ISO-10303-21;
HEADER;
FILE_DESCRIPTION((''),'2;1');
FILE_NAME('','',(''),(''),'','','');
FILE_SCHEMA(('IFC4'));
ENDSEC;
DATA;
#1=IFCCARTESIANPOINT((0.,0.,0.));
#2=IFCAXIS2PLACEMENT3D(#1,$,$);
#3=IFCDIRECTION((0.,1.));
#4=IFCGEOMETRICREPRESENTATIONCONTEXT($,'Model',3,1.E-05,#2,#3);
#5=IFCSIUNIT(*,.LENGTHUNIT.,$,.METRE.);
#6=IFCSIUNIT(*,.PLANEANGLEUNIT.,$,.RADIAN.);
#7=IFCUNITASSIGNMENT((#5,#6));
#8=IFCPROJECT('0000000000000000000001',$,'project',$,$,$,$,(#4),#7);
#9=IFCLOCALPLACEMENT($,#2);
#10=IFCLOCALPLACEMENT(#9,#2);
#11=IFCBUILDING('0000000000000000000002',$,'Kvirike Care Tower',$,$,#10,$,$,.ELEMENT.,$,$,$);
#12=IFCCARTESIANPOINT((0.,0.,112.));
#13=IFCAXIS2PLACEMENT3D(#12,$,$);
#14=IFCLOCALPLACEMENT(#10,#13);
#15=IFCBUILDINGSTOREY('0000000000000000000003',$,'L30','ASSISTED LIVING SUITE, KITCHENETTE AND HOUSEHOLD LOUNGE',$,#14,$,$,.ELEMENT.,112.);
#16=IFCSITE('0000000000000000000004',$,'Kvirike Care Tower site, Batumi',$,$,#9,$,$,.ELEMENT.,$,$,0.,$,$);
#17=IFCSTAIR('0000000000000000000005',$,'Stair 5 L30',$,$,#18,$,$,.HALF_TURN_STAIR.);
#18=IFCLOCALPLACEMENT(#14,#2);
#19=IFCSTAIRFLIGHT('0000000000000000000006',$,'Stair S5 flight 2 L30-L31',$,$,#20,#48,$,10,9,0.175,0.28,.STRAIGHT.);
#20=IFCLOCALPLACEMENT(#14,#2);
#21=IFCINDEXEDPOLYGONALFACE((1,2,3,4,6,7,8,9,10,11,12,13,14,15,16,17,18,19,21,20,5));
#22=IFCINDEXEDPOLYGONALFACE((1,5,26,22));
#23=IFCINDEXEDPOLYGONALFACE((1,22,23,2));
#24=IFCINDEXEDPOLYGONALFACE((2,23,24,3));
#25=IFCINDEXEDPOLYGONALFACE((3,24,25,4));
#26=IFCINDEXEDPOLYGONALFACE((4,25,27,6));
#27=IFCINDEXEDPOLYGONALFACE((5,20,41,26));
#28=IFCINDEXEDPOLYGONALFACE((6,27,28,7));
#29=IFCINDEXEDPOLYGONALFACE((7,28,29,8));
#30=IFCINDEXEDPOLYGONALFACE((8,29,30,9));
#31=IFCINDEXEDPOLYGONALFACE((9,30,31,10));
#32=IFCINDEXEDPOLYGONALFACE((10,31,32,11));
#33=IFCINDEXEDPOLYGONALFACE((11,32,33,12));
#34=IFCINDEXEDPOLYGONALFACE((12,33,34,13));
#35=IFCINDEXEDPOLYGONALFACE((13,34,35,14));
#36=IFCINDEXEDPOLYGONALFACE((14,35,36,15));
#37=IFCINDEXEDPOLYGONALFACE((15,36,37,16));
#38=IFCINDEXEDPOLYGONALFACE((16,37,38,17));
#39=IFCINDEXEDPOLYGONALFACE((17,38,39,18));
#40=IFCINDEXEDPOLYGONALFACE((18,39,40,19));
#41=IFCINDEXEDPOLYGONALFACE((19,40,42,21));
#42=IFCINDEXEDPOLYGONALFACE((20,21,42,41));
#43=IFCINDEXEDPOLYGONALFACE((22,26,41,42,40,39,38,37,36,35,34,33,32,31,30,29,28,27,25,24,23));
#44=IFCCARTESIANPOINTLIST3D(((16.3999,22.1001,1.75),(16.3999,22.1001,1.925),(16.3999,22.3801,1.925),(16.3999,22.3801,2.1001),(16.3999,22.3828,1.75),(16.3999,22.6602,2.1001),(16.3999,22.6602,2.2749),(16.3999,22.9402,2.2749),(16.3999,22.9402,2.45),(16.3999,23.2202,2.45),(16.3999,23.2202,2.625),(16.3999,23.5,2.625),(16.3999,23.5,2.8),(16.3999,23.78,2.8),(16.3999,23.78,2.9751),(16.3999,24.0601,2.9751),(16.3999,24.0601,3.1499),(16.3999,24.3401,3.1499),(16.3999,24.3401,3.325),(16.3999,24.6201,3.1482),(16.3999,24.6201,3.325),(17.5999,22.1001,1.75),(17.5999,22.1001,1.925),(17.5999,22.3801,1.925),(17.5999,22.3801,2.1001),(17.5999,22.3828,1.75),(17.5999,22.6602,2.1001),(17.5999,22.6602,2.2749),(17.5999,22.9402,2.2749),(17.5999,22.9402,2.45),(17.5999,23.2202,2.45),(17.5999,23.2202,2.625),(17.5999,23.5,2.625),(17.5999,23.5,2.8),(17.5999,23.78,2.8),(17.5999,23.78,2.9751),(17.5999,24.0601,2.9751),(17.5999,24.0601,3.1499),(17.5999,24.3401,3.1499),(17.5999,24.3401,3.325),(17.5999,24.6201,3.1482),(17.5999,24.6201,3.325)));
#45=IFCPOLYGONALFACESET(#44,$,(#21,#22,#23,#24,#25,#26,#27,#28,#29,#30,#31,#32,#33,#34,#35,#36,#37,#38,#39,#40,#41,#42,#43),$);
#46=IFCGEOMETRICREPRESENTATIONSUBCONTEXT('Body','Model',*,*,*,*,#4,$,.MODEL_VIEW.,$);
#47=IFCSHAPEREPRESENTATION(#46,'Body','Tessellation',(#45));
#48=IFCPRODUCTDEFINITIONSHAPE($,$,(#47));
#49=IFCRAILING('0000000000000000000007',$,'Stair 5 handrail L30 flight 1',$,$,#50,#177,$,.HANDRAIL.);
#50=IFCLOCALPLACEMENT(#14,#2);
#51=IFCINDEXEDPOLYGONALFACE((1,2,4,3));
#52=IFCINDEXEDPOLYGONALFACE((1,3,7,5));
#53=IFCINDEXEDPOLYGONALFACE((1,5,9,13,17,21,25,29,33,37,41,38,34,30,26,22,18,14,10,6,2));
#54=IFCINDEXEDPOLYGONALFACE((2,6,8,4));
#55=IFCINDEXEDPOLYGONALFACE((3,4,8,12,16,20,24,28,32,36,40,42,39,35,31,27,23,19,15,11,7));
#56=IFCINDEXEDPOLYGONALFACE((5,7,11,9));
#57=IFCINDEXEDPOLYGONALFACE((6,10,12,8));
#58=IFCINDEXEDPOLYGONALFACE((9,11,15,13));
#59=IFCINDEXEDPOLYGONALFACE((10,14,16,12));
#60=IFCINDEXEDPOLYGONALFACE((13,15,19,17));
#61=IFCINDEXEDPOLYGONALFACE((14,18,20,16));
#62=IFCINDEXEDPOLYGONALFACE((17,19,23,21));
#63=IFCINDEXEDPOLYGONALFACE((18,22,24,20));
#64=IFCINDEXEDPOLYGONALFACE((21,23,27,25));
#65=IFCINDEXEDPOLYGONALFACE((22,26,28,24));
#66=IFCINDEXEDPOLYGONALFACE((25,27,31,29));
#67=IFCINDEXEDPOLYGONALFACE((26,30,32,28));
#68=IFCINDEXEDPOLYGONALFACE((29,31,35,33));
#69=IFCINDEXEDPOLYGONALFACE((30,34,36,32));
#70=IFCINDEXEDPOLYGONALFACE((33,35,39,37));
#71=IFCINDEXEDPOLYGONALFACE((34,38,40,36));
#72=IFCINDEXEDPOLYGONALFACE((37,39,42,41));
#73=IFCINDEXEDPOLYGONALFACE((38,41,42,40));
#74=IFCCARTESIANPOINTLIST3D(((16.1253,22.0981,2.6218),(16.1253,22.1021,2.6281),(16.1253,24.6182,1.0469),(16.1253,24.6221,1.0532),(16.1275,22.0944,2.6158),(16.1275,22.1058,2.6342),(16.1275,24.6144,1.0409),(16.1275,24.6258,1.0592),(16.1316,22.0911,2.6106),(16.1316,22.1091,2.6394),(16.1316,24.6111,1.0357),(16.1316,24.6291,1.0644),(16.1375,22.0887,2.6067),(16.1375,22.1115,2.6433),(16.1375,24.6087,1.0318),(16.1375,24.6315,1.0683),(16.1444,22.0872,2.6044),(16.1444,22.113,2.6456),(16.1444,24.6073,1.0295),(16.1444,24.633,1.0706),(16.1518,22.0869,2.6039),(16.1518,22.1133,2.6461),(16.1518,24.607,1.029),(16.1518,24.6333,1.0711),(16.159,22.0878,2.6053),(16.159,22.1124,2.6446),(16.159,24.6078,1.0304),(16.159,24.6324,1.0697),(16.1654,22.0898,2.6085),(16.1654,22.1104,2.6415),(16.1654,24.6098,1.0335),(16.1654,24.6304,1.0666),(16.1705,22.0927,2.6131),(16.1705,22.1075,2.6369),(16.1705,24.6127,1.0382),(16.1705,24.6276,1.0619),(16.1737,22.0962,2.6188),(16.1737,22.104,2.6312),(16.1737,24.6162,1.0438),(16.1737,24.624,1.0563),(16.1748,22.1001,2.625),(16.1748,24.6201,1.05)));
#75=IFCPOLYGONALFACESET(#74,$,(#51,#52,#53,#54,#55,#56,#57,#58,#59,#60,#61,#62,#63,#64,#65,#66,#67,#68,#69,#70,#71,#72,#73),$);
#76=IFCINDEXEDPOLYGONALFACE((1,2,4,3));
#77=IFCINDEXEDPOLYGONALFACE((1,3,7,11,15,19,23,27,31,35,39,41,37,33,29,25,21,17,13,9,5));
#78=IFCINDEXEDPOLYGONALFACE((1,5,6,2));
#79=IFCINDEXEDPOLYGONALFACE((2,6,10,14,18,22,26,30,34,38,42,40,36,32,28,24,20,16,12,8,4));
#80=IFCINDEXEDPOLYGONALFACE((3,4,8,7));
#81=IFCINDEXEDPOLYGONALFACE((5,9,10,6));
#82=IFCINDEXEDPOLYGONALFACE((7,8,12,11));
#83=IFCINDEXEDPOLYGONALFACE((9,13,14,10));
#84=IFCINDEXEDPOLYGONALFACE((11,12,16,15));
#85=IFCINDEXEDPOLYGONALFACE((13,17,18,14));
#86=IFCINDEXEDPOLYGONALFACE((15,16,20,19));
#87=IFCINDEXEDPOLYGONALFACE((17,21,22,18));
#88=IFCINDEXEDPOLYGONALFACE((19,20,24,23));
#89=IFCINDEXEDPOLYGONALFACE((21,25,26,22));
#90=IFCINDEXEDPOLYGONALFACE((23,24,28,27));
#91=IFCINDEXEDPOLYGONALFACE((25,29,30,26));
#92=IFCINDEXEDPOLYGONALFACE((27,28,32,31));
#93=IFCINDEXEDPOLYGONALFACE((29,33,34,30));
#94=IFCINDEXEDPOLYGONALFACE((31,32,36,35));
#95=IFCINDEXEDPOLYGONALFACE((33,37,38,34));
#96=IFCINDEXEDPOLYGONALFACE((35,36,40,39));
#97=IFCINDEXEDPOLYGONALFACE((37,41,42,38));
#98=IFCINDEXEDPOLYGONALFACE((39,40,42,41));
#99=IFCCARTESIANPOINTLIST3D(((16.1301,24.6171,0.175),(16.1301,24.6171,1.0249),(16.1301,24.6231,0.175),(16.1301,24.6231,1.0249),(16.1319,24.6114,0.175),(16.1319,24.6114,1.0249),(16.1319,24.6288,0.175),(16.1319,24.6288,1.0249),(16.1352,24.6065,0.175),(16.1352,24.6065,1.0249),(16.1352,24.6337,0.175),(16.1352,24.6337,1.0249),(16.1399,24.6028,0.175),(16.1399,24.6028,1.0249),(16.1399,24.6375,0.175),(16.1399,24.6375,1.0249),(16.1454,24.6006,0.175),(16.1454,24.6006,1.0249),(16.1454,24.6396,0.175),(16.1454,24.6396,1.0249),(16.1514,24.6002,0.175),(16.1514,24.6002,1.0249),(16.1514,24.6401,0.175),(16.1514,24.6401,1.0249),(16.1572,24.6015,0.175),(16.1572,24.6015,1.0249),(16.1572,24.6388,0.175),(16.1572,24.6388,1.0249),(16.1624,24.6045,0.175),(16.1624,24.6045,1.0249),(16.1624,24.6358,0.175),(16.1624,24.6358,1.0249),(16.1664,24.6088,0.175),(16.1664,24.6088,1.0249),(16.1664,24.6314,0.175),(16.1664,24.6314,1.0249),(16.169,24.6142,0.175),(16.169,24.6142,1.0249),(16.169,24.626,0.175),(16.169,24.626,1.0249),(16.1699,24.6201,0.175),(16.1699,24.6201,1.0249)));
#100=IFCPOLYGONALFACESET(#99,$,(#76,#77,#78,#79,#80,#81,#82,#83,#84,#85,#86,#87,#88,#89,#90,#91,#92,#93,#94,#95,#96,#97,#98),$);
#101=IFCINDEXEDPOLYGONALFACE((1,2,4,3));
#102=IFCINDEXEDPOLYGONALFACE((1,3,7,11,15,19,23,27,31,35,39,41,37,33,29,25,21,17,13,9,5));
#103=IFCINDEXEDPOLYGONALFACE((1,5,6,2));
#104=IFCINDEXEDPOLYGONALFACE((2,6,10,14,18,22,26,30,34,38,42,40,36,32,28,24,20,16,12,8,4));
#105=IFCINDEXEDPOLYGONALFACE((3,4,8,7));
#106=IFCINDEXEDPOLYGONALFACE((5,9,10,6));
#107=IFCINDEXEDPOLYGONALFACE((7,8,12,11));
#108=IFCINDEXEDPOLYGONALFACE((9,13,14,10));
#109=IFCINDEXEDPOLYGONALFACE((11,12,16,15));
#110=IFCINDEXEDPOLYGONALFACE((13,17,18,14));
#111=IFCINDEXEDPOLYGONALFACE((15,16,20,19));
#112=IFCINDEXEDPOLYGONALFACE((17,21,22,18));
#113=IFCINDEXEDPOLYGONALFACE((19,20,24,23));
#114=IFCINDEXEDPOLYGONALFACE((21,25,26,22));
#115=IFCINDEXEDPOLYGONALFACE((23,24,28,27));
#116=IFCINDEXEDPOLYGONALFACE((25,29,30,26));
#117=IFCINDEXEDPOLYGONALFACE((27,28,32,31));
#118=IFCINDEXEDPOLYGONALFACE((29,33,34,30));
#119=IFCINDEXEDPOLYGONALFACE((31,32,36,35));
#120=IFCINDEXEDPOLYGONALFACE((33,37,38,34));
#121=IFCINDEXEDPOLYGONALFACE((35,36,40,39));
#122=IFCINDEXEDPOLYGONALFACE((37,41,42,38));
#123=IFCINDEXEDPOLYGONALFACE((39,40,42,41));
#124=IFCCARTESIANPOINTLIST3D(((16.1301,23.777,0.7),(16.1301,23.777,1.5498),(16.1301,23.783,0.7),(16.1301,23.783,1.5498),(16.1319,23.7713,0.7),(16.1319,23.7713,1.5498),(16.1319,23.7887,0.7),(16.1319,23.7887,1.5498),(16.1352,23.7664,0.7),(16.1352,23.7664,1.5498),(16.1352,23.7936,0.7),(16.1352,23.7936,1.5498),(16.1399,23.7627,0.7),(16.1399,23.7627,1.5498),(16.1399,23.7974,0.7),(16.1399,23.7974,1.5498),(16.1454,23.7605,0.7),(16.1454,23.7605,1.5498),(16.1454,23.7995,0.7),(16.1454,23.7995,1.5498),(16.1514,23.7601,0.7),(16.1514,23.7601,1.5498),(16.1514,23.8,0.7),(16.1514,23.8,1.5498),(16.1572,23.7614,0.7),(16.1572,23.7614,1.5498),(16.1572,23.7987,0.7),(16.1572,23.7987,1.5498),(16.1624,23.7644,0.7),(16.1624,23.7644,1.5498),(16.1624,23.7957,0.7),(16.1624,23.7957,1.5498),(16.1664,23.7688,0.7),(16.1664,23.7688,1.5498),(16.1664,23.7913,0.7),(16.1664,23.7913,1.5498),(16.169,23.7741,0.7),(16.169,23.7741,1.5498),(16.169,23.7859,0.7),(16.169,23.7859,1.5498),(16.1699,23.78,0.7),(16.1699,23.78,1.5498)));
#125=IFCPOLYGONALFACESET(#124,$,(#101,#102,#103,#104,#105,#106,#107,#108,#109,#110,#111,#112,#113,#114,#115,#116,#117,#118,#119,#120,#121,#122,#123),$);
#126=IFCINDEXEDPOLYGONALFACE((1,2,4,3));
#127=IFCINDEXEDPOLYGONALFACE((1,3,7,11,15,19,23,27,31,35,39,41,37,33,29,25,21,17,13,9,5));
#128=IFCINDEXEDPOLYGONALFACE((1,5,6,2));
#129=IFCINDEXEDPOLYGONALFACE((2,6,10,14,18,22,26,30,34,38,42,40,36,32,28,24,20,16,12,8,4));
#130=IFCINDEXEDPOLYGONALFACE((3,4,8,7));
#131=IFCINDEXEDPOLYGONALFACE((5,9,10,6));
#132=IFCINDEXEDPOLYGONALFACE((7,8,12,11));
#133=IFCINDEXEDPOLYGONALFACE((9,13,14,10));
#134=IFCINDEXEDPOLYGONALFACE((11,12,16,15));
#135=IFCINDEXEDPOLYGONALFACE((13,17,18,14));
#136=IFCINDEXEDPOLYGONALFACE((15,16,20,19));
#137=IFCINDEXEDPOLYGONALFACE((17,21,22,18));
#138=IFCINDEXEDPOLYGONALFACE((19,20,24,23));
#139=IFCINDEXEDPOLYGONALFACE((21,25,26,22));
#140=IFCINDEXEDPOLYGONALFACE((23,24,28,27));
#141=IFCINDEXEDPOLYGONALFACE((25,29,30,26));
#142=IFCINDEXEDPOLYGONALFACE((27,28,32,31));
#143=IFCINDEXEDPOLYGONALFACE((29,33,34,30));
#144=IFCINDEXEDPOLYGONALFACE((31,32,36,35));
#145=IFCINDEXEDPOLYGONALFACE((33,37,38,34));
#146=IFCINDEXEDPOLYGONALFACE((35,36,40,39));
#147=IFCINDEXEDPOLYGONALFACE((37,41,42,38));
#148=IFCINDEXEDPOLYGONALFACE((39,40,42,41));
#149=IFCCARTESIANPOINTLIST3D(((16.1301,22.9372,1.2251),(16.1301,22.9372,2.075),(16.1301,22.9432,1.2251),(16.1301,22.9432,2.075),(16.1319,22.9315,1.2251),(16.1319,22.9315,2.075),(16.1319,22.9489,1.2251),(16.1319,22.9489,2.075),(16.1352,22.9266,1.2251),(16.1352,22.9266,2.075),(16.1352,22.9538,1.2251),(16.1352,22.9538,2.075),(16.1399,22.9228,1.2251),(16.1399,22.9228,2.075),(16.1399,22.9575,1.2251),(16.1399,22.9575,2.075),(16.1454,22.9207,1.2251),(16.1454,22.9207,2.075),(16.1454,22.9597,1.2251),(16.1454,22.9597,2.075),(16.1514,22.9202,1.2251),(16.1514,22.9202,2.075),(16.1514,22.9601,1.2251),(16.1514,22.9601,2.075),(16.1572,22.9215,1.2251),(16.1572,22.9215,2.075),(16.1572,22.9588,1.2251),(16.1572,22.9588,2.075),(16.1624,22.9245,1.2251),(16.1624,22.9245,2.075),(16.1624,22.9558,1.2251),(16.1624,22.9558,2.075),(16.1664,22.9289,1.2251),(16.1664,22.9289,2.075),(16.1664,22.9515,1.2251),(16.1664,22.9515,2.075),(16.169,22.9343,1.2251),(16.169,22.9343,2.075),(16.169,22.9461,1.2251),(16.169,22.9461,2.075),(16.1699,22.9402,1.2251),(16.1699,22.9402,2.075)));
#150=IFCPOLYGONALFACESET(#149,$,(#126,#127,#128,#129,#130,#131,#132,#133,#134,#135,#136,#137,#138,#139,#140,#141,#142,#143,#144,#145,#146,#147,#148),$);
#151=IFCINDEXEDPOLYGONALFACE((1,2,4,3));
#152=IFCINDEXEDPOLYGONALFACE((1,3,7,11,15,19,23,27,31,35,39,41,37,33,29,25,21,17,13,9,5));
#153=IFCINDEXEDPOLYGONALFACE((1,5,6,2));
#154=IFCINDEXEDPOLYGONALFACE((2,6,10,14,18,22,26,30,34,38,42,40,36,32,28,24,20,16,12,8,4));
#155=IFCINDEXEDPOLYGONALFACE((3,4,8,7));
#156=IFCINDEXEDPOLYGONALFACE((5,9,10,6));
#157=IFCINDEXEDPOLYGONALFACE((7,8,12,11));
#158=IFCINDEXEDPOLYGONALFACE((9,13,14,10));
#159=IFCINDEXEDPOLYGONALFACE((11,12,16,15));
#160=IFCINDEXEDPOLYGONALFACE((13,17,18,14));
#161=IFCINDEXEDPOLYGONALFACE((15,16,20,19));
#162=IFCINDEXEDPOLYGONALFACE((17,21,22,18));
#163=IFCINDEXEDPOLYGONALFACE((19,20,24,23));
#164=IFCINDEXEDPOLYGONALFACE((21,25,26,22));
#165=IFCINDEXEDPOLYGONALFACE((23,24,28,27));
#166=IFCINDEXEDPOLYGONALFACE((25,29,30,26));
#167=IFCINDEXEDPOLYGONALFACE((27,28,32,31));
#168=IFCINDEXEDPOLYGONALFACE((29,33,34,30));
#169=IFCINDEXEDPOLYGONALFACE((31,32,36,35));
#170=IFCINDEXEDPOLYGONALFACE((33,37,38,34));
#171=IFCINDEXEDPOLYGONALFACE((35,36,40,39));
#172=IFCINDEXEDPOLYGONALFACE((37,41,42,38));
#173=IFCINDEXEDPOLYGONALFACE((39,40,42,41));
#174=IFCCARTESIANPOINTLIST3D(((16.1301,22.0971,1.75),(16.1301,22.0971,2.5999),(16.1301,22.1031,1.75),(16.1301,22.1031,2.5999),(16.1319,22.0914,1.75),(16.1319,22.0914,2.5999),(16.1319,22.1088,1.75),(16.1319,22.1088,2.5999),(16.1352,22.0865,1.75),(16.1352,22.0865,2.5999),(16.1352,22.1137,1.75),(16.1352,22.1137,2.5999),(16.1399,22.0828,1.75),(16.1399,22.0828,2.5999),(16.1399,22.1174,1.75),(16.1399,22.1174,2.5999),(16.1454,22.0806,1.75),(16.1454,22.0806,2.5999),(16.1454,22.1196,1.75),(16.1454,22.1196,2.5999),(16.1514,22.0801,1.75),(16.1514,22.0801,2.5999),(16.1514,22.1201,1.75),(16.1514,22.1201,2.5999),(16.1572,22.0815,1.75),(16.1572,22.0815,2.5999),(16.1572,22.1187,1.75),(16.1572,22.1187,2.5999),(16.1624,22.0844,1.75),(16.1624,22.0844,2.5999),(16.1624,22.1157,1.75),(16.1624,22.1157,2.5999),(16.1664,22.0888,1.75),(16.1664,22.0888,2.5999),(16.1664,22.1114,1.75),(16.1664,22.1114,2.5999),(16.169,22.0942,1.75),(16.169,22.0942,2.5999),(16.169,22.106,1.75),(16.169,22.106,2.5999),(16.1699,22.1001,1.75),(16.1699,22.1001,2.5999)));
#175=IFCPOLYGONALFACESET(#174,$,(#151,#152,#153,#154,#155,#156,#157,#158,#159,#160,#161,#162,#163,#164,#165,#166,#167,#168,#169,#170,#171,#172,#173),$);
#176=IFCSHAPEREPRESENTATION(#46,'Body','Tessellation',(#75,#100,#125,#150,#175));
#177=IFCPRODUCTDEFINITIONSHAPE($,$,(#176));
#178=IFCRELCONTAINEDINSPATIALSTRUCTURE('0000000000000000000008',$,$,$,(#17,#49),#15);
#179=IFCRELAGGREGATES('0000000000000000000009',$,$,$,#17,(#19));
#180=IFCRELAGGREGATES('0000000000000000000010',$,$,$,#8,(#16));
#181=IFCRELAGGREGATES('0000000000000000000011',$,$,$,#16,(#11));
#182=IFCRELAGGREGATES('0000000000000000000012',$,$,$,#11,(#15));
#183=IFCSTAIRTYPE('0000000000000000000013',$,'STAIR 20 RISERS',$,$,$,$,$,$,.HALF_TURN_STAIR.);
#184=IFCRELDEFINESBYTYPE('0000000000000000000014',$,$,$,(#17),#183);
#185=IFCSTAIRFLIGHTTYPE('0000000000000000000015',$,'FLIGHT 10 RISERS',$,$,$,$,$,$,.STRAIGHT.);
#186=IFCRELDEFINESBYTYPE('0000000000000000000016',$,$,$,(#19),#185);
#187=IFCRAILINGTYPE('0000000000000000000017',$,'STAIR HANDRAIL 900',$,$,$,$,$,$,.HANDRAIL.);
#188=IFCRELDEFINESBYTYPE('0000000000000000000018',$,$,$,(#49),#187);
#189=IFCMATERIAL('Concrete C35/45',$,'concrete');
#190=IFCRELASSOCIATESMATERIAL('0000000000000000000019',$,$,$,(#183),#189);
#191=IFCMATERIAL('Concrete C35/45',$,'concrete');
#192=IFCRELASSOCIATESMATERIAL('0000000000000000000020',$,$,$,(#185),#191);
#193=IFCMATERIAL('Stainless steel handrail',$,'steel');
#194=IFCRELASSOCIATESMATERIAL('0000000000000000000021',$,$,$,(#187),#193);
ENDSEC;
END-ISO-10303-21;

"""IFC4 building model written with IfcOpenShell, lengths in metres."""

from ifc_helpers import new_model, si_unit, direction, frame, origin, origin_2d, place, context, subcontext, project, spatial, polyline, circle, outline, extrude, material, type_object, element, aggregate, save


model = new_model("IFC4")

# Units and contexts
model_context = context("Model", 3, precision=1e-05, world=origin(), true_north=direction((0.0, 1.0)))
body_context = subcontext(model_context, "Body", "Model", "MODEL_VIEW")
ifc_project = project(units=[si_unit("LENGTHUNIT", "METRE"), si_unit("PLANEANGLEUNIT", "RADIAN")], contexts=[model_context])

# Site, building, storey
site_placement = place(None, origin())
site = spatial("IfcSite", under=ifc_project, at=site_placement, Name="Kvirike Care Tower site, Batumi", CompositionType="ELEMENT", RefElevation=0.0)
building_placement = place(site_placement, origin())
building = spatial("IfcBuilding", under=site, at=building_placement, Name="Kvirike Care Tower", CompositionType="ELEMENT")
storey_placement = place(building_placement, frame((0.0, 0.0, 112.0)))
storey = spatial("IfcBuildingStorey", under=building, at=storey_placement, Name="L30", Description="ASSISTED LIVING SUITE, KITCHENETTE AND HOUSEHOLD LOUNGE", CompositionType="ELEMENT", Elevation=112.0)

# Stair, stair flight
ifc_material_1 = material(Name="Concrete C35/45", Category="concrete")
stair_type = type_object("IfcStairType", Name="STAIR 20 RISERS", PredefinedType="HALF_TURN_STAIR", material=ifc_material_1)
stair_placement = place(storey_placement, origin())
stair = element("IfcStair", 1, at=stair_placement, inside=storey, type_object=stair_type, Name="Stair 5 L30", PredefinedType="HALF_TURN_STAIR")
ifc_material_2 = material(Name="Concrete C35/45", Category="concrete")
stair_flight_type = type_object("IfcStairFlightType", Name="FLIGHT 10 RISERS", PredefinedType="STRAIGHT", material=ifc_material_2)
stair_flight_1_placement = place(storey_placement, frame((17.0, 22.1001, 1.75), z_axis=(0.0, 0.0, 1.0), x_axis=(0.0, 1.0, 0.0)))
stair_flight_1 = element("IfcStairFlight", 2, at=stair_flight_1_placement, type_object=stair_flight_type, Name="Stair S5 flight 2 L30-L31", NumberOfRisers=10, NumberOfTreads=9, PredefinedType="STRAIGHT", RiserHeight=0.175, TreadLength=0.28, context=body_context, shape_type="SweptSolid", body=[
    extrude(outline(polyline([(0.0, 0.0), (0.0, 0.175), (0.28, 0.175), (0.28, 0.3501), (0.5601, 0.3501), (0.5601, 0.5249), (0.8401, 0.5249), (0.8401, 0.7), (1.1201, 0.7), (1.1201, 0.875), (1.3999, 0.875), (1.3999, 1.05), (1.6799, 1.05), (1.6799, 1.2251), (1.96, 1.2251), (1.96, 1.3999), (2.24, 1.3999), (2.24, 1.575), (2.52, 1.575), (2.52, 1.75), (2.52, 1.3982), (0.2827, 0.0), (0.0, 0.0)])), frame((0.0, 0.6001, 0.0), z_axis=(0.0, -1.0, 0.0), x_axis=(1.0, 0.0, 0.0)), (0.0, 0.0, 1.0), 1.2),
])
aggregate(stair, [stair_flight_1])

# Railing
ifc_material_3 = material(Name="Stainless steel handrail", Category="steel")
railing_type = type_object("IfcRailingType", Name="STAIR HANDRAIL 900", PredefinedType="HANDRAIL", material=ifc_material_3)
railing_1_placement = place(storey_placement, frame((16.1499, 24.6201, 0.175)))
element("IfcRailing", 3, at=railing_1_placement, inside=storey, type_object=railing_type, Name="Stair 5 handrail L30 flight 1", PredefinedType="HANDRAIL", context=body_context, shape_type="SweptSolid", body=[
    extrude(circle(Radius=0.0249, at=origin_2d()), frame((0.0, 0.0, 0.875), z_axis=(0.0, -0.848008, 0.529984), x_axis=(1.0, 0.0, 0.0)), (0.0, 0.0, 1.0), 2.9717),
    extrude(circle(Radius=0.02, at=origin_2d()), origin(), (0.0, 0.0, 1.0), 0.8499),
    extrude(circle(Radius=0.02, at=origin_2d()), frame((0.0, -0.8401, 0.5249)), (0.0, 0.0, 1.0), 0.8499),
    extrude(circle(Radius=0.02, at=origin_2d()), frame((0.0, -1.6799, 1.05)), (0.0, 0.0, 1.0), 0.8499),
    extrude(circle(Radius=0.02, at=origin_2d()), frame((0.0, -2.52, 1.575)), (0.0, 0.0, 1.0), 0.8499),
])

save(model, "model.ifc")
